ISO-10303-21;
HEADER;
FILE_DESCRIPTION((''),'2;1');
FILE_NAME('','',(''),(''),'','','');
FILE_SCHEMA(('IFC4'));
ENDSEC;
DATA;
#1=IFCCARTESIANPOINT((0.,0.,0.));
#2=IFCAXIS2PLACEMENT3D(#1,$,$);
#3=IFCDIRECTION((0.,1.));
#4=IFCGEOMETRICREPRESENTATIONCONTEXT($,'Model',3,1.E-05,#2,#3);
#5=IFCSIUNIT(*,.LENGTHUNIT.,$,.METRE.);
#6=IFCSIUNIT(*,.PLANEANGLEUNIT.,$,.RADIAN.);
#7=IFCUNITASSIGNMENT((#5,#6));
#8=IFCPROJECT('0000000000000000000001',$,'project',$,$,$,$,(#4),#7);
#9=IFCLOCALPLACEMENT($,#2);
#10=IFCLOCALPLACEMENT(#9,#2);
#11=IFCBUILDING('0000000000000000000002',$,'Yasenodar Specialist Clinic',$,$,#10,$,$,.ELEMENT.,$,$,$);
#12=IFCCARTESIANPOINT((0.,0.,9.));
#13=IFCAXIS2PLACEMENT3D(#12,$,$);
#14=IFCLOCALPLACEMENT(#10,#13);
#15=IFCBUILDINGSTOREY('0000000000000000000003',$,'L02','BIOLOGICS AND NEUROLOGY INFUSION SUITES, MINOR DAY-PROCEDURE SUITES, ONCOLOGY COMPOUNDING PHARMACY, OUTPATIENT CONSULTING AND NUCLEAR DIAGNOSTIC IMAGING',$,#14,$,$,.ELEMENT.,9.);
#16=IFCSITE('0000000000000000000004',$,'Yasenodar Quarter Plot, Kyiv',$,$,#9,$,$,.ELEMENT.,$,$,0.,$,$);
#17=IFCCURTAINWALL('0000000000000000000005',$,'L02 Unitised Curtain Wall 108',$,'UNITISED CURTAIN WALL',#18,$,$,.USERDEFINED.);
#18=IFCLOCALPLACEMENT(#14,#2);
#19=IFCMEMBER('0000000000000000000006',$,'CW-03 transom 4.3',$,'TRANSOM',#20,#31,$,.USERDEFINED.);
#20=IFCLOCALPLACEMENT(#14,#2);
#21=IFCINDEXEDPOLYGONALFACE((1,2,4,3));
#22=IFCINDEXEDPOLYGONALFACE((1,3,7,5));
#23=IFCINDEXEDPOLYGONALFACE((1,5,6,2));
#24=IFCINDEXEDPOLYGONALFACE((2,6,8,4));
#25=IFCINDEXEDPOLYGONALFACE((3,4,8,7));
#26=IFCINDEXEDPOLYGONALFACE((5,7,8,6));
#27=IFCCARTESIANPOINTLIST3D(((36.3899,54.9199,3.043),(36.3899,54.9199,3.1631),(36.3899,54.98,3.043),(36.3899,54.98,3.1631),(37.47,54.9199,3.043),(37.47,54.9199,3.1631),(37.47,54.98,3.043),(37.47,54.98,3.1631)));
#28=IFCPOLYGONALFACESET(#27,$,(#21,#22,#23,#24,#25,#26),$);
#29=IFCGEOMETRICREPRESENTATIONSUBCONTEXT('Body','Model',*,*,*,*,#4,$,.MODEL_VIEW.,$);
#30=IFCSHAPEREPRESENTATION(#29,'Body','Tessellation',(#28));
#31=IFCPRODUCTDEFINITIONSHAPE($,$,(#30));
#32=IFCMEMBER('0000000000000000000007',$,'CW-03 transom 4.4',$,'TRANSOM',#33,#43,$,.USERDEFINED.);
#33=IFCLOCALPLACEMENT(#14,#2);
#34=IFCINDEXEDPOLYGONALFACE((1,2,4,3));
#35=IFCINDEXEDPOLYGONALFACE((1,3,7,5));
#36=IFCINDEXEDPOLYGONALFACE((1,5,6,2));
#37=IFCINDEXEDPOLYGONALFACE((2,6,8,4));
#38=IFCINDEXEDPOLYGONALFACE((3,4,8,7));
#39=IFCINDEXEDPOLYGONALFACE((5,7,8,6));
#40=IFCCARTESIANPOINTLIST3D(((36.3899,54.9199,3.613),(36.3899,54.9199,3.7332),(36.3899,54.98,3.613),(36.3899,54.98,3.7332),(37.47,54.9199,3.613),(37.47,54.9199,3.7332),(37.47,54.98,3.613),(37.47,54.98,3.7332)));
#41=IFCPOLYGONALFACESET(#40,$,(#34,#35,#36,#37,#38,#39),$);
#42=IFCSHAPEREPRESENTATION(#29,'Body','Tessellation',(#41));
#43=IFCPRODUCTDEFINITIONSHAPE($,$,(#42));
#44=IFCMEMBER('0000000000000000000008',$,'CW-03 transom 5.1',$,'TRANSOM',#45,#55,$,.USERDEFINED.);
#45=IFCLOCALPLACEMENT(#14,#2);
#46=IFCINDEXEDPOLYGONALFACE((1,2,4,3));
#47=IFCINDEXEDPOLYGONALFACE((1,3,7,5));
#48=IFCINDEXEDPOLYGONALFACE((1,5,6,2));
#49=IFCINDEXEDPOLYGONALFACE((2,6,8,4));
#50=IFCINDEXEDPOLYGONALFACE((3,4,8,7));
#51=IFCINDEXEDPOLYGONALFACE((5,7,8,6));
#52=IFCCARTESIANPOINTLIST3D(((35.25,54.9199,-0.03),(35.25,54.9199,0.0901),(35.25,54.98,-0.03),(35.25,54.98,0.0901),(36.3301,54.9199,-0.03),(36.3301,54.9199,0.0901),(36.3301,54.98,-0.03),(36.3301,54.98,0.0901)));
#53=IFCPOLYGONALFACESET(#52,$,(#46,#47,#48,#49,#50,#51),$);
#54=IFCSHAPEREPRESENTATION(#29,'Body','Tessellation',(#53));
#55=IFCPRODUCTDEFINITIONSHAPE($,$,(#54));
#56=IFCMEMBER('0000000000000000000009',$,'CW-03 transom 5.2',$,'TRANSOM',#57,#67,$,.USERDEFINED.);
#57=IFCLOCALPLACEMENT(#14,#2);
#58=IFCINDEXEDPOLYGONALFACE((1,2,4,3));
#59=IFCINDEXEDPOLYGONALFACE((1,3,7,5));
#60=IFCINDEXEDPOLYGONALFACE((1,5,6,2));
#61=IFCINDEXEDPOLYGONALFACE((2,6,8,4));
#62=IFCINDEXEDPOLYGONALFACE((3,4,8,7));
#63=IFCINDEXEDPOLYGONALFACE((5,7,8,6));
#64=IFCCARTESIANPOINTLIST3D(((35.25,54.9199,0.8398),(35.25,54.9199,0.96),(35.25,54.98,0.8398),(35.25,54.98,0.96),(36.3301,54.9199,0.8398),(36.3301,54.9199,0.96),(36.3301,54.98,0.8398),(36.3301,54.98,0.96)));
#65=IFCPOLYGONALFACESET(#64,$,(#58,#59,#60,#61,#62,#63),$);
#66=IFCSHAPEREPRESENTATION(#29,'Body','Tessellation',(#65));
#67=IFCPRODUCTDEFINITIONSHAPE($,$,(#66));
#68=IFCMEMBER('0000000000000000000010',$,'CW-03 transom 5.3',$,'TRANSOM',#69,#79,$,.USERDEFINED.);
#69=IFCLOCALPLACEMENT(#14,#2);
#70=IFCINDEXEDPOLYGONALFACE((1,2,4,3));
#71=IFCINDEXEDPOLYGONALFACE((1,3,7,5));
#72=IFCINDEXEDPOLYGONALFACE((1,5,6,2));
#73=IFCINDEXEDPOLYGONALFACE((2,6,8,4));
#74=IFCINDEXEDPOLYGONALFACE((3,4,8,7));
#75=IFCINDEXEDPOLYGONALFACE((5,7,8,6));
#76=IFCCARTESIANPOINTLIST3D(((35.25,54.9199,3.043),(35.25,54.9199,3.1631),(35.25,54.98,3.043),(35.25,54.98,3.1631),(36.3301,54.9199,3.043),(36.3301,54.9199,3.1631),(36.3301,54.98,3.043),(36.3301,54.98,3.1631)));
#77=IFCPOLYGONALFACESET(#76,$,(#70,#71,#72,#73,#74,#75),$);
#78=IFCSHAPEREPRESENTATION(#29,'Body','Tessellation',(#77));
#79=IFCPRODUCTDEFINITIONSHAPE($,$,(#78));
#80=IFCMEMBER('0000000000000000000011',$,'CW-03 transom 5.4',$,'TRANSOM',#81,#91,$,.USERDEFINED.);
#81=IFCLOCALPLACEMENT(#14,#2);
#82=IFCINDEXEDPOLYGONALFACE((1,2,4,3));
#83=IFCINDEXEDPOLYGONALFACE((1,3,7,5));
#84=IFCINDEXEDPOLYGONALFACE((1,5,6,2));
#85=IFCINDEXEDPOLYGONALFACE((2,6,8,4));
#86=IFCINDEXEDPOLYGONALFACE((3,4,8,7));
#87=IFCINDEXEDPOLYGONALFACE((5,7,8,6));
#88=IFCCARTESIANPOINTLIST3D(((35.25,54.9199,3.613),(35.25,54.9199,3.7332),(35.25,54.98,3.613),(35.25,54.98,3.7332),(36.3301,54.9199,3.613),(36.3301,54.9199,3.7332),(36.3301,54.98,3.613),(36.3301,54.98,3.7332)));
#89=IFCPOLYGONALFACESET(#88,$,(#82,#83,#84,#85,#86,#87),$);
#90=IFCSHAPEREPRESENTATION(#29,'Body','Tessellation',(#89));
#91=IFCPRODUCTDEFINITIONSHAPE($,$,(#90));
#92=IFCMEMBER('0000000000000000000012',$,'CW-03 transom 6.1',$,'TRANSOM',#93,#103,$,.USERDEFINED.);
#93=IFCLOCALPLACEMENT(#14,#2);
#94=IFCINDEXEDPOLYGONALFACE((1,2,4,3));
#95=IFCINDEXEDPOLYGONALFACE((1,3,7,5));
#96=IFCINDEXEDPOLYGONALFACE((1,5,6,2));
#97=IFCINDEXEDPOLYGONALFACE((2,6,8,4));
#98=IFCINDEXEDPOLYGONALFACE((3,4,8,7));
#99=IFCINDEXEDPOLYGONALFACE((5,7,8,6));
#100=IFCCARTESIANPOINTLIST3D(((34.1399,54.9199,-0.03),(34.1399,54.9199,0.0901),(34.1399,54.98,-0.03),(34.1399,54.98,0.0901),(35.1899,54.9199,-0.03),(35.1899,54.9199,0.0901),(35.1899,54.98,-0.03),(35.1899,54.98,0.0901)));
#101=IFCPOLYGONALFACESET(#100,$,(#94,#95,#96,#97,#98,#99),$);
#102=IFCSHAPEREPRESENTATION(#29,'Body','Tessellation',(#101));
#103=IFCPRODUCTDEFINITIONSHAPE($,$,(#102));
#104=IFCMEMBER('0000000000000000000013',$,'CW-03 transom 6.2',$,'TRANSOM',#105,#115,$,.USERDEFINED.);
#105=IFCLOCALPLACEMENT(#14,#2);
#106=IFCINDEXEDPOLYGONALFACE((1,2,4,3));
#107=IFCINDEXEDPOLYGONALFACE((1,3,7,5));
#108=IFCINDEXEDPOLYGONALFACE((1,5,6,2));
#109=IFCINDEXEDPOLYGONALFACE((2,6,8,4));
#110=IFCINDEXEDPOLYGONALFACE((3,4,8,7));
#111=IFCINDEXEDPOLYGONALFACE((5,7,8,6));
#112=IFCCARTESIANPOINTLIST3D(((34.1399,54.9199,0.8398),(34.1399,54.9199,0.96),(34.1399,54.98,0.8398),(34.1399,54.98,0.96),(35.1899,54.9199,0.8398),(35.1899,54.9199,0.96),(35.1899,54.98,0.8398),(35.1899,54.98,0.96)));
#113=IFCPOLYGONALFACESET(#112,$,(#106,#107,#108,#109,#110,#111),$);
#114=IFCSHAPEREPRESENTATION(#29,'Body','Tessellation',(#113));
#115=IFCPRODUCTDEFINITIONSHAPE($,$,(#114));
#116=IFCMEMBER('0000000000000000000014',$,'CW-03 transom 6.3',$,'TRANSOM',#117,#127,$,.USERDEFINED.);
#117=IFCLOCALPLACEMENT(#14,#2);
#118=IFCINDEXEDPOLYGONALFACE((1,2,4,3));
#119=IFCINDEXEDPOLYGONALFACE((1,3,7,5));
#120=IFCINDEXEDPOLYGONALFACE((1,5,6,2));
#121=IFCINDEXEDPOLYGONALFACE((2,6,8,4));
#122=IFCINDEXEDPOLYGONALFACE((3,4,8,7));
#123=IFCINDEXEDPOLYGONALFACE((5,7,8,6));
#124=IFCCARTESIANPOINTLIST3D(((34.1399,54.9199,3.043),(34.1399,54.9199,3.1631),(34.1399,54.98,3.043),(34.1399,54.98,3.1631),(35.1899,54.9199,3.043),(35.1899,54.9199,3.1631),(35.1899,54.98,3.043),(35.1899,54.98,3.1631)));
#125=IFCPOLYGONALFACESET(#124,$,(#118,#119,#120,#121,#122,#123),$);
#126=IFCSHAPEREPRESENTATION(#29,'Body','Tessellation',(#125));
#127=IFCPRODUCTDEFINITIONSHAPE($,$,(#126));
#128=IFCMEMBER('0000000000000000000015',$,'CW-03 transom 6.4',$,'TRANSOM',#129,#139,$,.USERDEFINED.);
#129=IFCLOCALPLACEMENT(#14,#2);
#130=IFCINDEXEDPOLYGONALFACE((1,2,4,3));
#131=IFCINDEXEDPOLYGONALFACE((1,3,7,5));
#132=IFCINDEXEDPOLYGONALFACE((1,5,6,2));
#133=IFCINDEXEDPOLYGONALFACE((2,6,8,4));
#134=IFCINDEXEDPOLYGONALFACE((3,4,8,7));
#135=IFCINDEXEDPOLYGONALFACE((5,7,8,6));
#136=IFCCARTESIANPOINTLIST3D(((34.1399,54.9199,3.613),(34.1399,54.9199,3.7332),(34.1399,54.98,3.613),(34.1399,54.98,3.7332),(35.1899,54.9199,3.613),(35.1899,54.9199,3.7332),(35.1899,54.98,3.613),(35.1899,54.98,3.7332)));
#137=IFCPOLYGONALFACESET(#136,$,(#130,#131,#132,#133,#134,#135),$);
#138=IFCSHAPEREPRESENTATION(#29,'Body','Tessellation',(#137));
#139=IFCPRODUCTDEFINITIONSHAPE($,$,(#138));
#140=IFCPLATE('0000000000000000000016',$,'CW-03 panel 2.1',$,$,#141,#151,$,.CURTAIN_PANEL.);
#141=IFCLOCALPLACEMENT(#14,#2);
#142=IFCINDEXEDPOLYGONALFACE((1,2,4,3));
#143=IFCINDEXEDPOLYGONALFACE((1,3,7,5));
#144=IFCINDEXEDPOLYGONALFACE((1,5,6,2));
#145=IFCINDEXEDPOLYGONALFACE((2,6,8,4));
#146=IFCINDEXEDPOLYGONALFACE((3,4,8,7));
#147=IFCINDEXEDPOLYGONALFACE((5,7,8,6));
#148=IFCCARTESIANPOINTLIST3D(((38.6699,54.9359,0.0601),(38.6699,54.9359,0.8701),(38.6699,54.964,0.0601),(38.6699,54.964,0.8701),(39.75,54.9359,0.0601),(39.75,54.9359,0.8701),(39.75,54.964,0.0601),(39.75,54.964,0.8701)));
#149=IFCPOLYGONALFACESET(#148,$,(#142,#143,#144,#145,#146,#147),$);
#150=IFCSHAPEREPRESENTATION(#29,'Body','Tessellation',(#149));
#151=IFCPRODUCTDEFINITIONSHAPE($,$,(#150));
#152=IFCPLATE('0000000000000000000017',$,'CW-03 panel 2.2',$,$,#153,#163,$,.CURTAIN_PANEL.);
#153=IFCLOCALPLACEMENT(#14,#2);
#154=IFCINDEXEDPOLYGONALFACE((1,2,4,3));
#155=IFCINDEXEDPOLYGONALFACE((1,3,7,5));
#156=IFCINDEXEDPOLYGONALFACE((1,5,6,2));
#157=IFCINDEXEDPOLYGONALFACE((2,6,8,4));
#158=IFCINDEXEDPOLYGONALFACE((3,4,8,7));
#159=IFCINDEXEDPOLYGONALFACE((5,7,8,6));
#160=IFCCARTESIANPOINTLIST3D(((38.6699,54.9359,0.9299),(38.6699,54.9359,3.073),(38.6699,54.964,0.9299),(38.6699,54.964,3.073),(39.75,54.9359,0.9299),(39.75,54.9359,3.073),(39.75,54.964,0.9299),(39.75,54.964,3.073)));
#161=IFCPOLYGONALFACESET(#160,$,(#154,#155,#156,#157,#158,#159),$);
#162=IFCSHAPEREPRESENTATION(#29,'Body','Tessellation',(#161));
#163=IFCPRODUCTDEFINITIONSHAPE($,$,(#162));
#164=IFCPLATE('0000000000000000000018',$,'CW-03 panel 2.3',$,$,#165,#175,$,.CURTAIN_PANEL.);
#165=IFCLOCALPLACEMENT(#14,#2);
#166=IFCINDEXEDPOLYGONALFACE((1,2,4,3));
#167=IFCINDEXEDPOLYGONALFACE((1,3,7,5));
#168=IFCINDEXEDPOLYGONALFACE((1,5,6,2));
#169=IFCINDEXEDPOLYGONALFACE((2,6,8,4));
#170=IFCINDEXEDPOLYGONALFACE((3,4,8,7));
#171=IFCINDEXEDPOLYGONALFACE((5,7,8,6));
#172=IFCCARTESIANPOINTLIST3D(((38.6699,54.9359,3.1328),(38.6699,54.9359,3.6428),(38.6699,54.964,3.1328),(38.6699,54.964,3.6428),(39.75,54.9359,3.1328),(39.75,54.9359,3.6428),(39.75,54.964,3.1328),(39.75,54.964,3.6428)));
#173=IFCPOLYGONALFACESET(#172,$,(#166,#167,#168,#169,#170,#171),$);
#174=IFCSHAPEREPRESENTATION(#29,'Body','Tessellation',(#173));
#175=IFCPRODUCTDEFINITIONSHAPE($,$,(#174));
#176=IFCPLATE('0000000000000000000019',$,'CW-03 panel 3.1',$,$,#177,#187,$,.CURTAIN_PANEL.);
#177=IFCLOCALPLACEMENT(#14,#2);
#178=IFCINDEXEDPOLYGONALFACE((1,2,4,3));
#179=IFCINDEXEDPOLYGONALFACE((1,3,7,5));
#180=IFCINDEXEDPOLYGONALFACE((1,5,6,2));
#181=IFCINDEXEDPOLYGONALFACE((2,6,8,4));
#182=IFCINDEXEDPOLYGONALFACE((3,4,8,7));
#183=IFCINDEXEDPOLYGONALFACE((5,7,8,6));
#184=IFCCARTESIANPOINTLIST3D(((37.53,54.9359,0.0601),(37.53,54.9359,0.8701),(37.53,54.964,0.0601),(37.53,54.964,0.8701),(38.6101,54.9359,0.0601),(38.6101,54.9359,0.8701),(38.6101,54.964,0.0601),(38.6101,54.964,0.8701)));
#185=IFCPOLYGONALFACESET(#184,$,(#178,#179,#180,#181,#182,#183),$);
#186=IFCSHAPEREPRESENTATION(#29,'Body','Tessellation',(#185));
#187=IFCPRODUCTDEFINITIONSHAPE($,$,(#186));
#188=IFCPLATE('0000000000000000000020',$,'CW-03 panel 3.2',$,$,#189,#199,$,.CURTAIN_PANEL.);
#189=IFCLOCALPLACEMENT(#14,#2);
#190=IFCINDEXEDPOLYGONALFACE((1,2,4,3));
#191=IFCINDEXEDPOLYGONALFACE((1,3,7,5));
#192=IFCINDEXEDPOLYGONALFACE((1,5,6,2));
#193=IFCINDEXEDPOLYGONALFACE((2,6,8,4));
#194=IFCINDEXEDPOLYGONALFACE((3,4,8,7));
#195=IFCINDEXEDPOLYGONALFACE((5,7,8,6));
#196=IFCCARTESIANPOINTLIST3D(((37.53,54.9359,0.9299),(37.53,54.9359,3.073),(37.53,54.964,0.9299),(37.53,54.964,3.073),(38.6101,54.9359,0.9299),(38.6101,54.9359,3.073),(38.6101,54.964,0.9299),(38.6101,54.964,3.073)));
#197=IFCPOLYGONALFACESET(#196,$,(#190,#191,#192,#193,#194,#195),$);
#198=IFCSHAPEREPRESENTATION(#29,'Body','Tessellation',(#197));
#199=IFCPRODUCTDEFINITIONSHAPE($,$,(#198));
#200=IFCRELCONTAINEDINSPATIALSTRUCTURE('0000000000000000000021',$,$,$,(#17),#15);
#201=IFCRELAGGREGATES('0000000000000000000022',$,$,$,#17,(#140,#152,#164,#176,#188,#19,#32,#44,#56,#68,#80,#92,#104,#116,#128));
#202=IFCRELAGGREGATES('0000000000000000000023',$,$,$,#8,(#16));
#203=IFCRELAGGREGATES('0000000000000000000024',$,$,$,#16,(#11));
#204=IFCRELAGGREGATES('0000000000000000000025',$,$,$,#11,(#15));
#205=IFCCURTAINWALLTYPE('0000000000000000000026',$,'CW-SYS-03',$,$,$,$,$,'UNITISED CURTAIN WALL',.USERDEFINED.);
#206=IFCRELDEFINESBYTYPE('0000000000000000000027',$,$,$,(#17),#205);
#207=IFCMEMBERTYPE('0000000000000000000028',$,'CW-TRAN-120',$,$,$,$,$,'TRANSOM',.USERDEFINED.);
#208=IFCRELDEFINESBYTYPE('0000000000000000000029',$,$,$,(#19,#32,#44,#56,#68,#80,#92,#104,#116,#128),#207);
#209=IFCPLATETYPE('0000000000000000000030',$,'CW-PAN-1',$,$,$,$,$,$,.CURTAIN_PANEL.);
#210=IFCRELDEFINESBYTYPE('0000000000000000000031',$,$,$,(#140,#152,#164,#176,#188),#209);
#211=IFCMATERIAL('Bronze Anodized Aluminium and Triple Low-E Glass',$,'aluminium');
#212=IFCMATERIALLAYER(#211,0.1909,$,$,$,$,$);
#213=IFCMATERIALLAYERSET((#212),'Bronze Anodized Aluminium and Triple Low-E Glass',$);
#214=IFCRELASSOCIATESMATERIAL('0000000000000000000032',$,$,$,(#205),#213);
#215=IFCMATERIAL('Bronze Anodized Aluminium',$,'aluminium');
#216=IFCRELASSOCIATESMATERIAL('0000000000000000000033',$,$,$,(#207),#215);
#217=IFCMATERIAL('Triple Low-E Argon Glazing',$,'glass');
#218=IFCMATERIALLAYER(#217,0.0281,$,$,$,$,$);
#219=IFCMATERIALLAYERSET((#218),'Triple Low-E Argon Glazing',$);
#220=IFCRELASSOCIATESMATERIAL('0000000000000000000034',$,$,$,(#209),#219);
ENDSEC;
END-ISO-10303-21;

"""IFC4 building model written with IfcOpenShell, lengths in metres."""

from ifc_helpers import new_model, si_unit, direction, frame, origin, origin_2d, place, context, subcontext, project, spatial, rectangle, extrude, material, layer, layer_set, material_profile, profile_set, type_object, element, aggregate, save


model = new_model("IFC4")

# Units and contexts
model_context = context("Model", 3, precision=1e-05, world=origin(), true_north=direction((0.0, 1.0)))
body_context = subcontext(model_context, "Body", "Model", "MODEL_VIEW")
ifc_project = project(units=[si_unit("LENGTHUNIT", "METRE"), si_unit("PLANEANGLEUNIT", "RADIAN")], contexts=[model_context])

# Site, building, storey
site_placement = place(None, origin())
site = spatial("IfcSite", under=ifc_project, at=site_placement, Name="Yasenodar Quarter Plot, Kyiv", CompositionType="ELEMENT", RefElevation=0.0)
building_placement = place(site_placement, origin())
building = spatial("IfcBuilding", under=site, at=building_placement, Name="Yasenodar Specialist Clinic", CompositionType="ELEMENT")
storey_placement = place(building_placement, frame((0.0, 0.0, 9.0)))
storey = spatial("IfcBuildingStorey", under=building, at=storey_placement, Name="L02", Description="BIOLOGICS AND NEUROLOGY INFUSION SUITES, MINOR DAY-PROCEDURE SUITES, ONCOLOGY COMPOUNDING PHARMACY, OUTPATIENT CONSULTING AND NUCLEAR DIAGNOSTIC IMAGING", CompositionType="ELEMENT", Elevation=9.0)

# Curtain wall, members, plates
ifc_material_1 = material(Name="Bronze Anodized Aluminium and Triple Low-E Glass", Category="aluminium")
ifc_layer_1 = layer(ifc_material_1, 0.1909)
ifc_layer_set_1 = layer_set([ifc_layer_1], Name="Bronze Anodized Aluminium and Triple Low-E Glass")
curtain_wall_type = type_object("IfcCurtainWallType", Name="CW-SYS-03", ElementType="UNITISED CURTAIN WALL", PredefinedType="USERDEFINED", material=ifc_layer_set_1)
curtain_wall_placement = place(storey_placement, origin())
curtain_wall = element("IfcCurtainWall", 1, at=curtain_wall_placement, inside=storey, type_object=curtain_wall_type, Name="L02 Unitised Curtain Wall 108", ObjectType="UNITISED CURTAIN WALL", PredefinedType="USERDEFINED")
ifc_material_2 = material(Name="Bronze Anodized Aluminium", Category="aluminium")
ifc_material_profile_1 = material_profile(ifc_material_2, rectangle(XDim=0.0601, YDim=0.1201, at=origin_2d()), Name="CW-TRAN 60x120")
ifc_profile_set_1 = profile_set([ifc_material_profile_1], Name="Bronze Anodized Aluminium")
member_type_1 = type_object("IfcMemberType", Name="CW-TRAN-120", ElementType="TRANSOM", PredefinedType="USERDEFINED", material=ifc_profile_set_1)
member_1_placement = place(storey_placement, frame((37.47, 54.95, 3.103), z_axis=(-1.0, 0.0, 0.0), x_axis=(0.0, -1.0, 0.0)))
member_1 = element("IfcMember", 2, at=member_1_placement, type_object=member_type_1, Name="CW-03 transom 4.3", ObjectType="TRANSOM", PredefinedType="USERDEFINED", context=body_context, shape_type="SweptSolid", body=[
    extrude(rectangle(XDim=0.0601, YDim=0.1201, at=origin_2d()), origin(), (0.0, 0.0, 1.0), 1.0801),
])
member_2_placement = place(storey_placement, frame((37.47, 54.95, 3.6731), z_axis=(-1.0, 0.0, 0.0), x_axis=(0.0, -1.0, 0.0)))
member_2 = element("IfcMember", 3, at=member_2_placement, type_object=member_type_1, Name="CW-03 transom 4.4", ObjectType="TRANSOM", PredefinedType="USERDEFINED", context=body_context, shape_type="SweptSolid", body=[
    extrude(rectangle(XDim=0.0601, YDim=0.1201, at=origin_2d()), origin(), (0.0, 0.0, 1.0), 1.0801),
])
member_3_placement = place(storey_placement, frame((36.3301, 54.95, 0.03), z_axis=(-1.0, 0.0, 0.0), x_axis=(0.0, -1.0, 0.0)))
member_3 = element("IfcMember", 4, at=member_3_placement, type_object=member_type_1, Name="CW-03 transom 5.1", ObjectType="TRANSOM", PredefinedType="USERDEFINED", context=body_context, shape_type="SweptSolid", body=[
    extrude(rectangle(XDim=0.0601, YDim=0.1201, at=origin_2d()), origin(), (0.0, 0.0, 1.0), 1.0801),
])
member_4_placement = place(storey_placement, frame((36.3301, 54.95, 0.8999), z_axis=(-1.0, 0.0, 0.0), x_axis=(0.0, -1.0, 0.0)))
member_4 = element("IfcMember", 5, at=member_4_placement, type_object=member_type_1, Name="CW-03 transom 5.2", ObjectType="TRANSOM", PredefinedType="USERDEFINED", context=body_context, shape_type="SweptSolid", body=[
    extrude(rectangle(XDim=0.0601, YDim=0.1201, at=origin_2d()), origin(), (0.0, 0.0, 1.0), 1.0801),
])
member_5_placement = place(storey_placement, frame((36.3301, 54.95, 3.103), z_axis=(-1.0, 0.0, 0.0), x_axis=(0.0, -1.0, 0.0)))
member_5 = element("IfcMember", 6, at=member_5_placement, type_object=member_type_1, Name="CW-03 transom 5.3", ObjectType="TRANSOM", PredefinedType="USERDEFINED", context=body_context, shape_type="SweptSolid", body=[
    extrude(rectangle(XDim=0.0601, YDim=0.1201, at=origin_2d()), origin(), (0.0, 0.0, 1.0), 1.0801),
])
member_6_placement = place(storey_placement, frame((36.3301, 54.95, 3.6731), z_axis=(-1.0, 0.0, 0.0), x_axis=(0.0, -1.0, 0.0)))
member_6 = element("IfcMember", 7, at=member_6_placement, type_object=member_type_1, Name="CW-03 transom 5.4", ObjectType="TRANSOM", PredefinedType="USERDEFINED", context=body_context, shape_type="SweptSolid", body=[
    extrude(rectangle(XDim=0.0601, YDim=0.1201, at=origin_2d()), origin(), (0.0, 0.0, 1.0), 1.0801),
])
member_7_placement = place(storey_placement, frame((35.1899, 54.95, 0.03), z_axis=(-1.0, 0.0, 0.0), x_axis=(0.0, -1.0, 0.0)))
member_7 = element("IfcMember", 8, at=member_7_placement, type_object=member_type_1, Name="CW-03 transom 6.1", ObjectType="TRANSOM", PredefinedType="USERDEFINED", context=body_context, shape_type="SweptSolid", body=[
    extrude(rectangle(XDim=0.0601, YDim=0.1201, at=origin_2d()), origin(), (0.0, 0.0, 1.0), 1.05),
])
member_8_placement = place(storey_placement, frame((35.1899, 54.95, 0.8999), z_axis=(-1.0, 0.0, 0.0), x_axis=(0.0, -1.0, 0.0)))
member_8 = element("IfcMember", 9, at=member_8_placement, type_object=member_type_1, Name="CW-03 transom 6.2", ObjectType="TRANSOM", PredefinedType="USERDEFINED", context=body_context, shape_type="SweptSolid", body=[
    extrude(rectangle(XDim=0.0601, YDim=0.1201, at=origin_2d()), origin(), (0.0, 0.0, 1.0), 1.05),
])
member_9_placement = place(storey_placement, frame((35.1899, 54.95, 3.103), z_axis=(-1.0, 0.0, 0.0), x_axis=(0.0, -1.0, 0.0)))
member_9 = element("IfcMember", 10, at=member_9_placement, type_object=member_type_1, Name="CW-03 transom 6.3", ObjectType="TRANSOM", PredefinedType="USERDEFINED", context=body_context, shape_type="SweptSolid", body=[
    extrude(rectangle(XDim=0.0601, YDim=0.1201, at=origin_2d()), origin(), (0.0, 0.0, 1.0), 1.05),
])
member_10_placement = place(storey_placement, frame((35.1899, 54.95, 3.6731), z_axis=(-1.0, 0.0, 0.0), x_axis=(0.0, -1.0, 0.0)))
member_10 = element("IfcMember", 11, at=member_10_placement, type_object=member_type_1, Name="CW-03 transom 6.4", ObjectType="TRANSOM", PredefinedType="USERDEFINED", context=body_context, shape_type="SweptSolid", body=[
    extrude(rectangle(XDim=0.0601, YDim=0.1201, at=origin_2d()), origin(), (0.0, 0.0, 1.0), 1.05),
])
ifc_material_3 = material(Name="Triple Low-E Argon Glazing", Category="glass")
ifc_layer_2 = layer(ifc_material_3, 0.0281)
ifc_layer_set_2 = layer_set([ifc_layer_2], Name="Triple Low-E Argon Glazing")
plate_type = type_object("IfcPlateType", Name="CW-PAN-1", PredefinedType="CURTAIN_PANEL", material=ifc_layer_set_2)
plate_1_placement = place(storey_placement, frame((39.21, 54.95, 0.0601), z_axis=(0.0, 0.0, 1.0), x_axis=(-1.0, 0.0, 0.0)))
plate_1 = element("IfcPlate", 12, at=plate_1_placement, type_object=plate_type, Name="CW-03 panel 2.1", PredefinedType="CURTAIN_PANEL", context=body_context, shape_type="SweptSolid", body=[
    extrude(rectangle(XDim=1.0801, YDim=0.0281, at=origin_2d()), origin(), (0.0, 0.0, 1.0), 0.8101),
])
plate_2_placement = place(storey_placement, frame((39.21, 54.95, 0.9299), z_axis=(0.0, 0.0, 1.0), x_axis=(-1.0, 0.0, 0.0)))
plate_2 = element("IfcPlate", 13, at=plate_2_placement, type_object=plate_type, Name="CW-03 panel 2.2", PredefinedType="CURTAIN_PANEL", context=body_context, shape_type="SweptSolid", body=[
    extrude(rectangle(XDim=1.0801, YDim=0.0281, at=origin_2d()), origin(), (0.0, 0.0, 1.0), 2.1431),
])
plate_3_placement = place(storey_placement, frame((39.21, 54.95, 3.1328), z_axis=(0.0, 0.0, 1.0), x_axis=(-1.0, 0.0, 0.0)))
plate_3 = element("IfcPlate", 14, at=plate_3_placement, type_object=plate_type, Name="CW-03 panel 2.3", PredefinedType="CURTAIN_PANEL", context=body_context, shape_type="SweptSolid", body=[
    extrude(rectangle(XDim=1.0801, YDim=0.0281, at=origin_2d()), origin(), (0.0, 0.0, 1.0), 0.51),
])
plate_4_placement = place(storey_placement, frame((38.0701, 54.95, 0.0601), z_axis=(0.0, 0.0, 1.0), x_axis=(-1.0, 0.0, 0.0)))
plate_4 = element("IfcPlate", 15, at=plate_4_placement, type_object=plate_type, Name="CW-03 panel 3.1", PredefinedType="CURTAIN_PANEL", context=body_context, shape_type="SweptSolid", body=[
    extrude(rectangle(XDim=1.0801, YDim=0.0281, at=origin_2d()), origin(), (0.0, 0.0, 1.0), 0.8101),
])
plate_5_placement = place(storey_placement, frame((38.0701, 54.95, 0.9299), z_axis=(0.0, 0.0, 1.0), x_axis=(-1.0, 0.0, 0.0)))
plate_5 = element("IfcPlate", 16, at=plate_5_placement, type_object=plate_type, Name="CW-03 panel 3.2", PredefinedType="CURTAIN_PANEL", context=body_context, shape_type="SweptSolid", body=[
    extrude(rectangle(XDim=1.0801, YDim=0.0281, at=origin_2d()), origin(), (0.0, 0.0, 1.0), 2.1431),
])
aggregate(curtain_wall, [plate_1, plate_2, plate_3, plate_4, plate_5, member_1, member_2, member_3, member_4, member_5, member_6, member_7, member_8, member_9, member_10])

save(model, "model.ifc")
